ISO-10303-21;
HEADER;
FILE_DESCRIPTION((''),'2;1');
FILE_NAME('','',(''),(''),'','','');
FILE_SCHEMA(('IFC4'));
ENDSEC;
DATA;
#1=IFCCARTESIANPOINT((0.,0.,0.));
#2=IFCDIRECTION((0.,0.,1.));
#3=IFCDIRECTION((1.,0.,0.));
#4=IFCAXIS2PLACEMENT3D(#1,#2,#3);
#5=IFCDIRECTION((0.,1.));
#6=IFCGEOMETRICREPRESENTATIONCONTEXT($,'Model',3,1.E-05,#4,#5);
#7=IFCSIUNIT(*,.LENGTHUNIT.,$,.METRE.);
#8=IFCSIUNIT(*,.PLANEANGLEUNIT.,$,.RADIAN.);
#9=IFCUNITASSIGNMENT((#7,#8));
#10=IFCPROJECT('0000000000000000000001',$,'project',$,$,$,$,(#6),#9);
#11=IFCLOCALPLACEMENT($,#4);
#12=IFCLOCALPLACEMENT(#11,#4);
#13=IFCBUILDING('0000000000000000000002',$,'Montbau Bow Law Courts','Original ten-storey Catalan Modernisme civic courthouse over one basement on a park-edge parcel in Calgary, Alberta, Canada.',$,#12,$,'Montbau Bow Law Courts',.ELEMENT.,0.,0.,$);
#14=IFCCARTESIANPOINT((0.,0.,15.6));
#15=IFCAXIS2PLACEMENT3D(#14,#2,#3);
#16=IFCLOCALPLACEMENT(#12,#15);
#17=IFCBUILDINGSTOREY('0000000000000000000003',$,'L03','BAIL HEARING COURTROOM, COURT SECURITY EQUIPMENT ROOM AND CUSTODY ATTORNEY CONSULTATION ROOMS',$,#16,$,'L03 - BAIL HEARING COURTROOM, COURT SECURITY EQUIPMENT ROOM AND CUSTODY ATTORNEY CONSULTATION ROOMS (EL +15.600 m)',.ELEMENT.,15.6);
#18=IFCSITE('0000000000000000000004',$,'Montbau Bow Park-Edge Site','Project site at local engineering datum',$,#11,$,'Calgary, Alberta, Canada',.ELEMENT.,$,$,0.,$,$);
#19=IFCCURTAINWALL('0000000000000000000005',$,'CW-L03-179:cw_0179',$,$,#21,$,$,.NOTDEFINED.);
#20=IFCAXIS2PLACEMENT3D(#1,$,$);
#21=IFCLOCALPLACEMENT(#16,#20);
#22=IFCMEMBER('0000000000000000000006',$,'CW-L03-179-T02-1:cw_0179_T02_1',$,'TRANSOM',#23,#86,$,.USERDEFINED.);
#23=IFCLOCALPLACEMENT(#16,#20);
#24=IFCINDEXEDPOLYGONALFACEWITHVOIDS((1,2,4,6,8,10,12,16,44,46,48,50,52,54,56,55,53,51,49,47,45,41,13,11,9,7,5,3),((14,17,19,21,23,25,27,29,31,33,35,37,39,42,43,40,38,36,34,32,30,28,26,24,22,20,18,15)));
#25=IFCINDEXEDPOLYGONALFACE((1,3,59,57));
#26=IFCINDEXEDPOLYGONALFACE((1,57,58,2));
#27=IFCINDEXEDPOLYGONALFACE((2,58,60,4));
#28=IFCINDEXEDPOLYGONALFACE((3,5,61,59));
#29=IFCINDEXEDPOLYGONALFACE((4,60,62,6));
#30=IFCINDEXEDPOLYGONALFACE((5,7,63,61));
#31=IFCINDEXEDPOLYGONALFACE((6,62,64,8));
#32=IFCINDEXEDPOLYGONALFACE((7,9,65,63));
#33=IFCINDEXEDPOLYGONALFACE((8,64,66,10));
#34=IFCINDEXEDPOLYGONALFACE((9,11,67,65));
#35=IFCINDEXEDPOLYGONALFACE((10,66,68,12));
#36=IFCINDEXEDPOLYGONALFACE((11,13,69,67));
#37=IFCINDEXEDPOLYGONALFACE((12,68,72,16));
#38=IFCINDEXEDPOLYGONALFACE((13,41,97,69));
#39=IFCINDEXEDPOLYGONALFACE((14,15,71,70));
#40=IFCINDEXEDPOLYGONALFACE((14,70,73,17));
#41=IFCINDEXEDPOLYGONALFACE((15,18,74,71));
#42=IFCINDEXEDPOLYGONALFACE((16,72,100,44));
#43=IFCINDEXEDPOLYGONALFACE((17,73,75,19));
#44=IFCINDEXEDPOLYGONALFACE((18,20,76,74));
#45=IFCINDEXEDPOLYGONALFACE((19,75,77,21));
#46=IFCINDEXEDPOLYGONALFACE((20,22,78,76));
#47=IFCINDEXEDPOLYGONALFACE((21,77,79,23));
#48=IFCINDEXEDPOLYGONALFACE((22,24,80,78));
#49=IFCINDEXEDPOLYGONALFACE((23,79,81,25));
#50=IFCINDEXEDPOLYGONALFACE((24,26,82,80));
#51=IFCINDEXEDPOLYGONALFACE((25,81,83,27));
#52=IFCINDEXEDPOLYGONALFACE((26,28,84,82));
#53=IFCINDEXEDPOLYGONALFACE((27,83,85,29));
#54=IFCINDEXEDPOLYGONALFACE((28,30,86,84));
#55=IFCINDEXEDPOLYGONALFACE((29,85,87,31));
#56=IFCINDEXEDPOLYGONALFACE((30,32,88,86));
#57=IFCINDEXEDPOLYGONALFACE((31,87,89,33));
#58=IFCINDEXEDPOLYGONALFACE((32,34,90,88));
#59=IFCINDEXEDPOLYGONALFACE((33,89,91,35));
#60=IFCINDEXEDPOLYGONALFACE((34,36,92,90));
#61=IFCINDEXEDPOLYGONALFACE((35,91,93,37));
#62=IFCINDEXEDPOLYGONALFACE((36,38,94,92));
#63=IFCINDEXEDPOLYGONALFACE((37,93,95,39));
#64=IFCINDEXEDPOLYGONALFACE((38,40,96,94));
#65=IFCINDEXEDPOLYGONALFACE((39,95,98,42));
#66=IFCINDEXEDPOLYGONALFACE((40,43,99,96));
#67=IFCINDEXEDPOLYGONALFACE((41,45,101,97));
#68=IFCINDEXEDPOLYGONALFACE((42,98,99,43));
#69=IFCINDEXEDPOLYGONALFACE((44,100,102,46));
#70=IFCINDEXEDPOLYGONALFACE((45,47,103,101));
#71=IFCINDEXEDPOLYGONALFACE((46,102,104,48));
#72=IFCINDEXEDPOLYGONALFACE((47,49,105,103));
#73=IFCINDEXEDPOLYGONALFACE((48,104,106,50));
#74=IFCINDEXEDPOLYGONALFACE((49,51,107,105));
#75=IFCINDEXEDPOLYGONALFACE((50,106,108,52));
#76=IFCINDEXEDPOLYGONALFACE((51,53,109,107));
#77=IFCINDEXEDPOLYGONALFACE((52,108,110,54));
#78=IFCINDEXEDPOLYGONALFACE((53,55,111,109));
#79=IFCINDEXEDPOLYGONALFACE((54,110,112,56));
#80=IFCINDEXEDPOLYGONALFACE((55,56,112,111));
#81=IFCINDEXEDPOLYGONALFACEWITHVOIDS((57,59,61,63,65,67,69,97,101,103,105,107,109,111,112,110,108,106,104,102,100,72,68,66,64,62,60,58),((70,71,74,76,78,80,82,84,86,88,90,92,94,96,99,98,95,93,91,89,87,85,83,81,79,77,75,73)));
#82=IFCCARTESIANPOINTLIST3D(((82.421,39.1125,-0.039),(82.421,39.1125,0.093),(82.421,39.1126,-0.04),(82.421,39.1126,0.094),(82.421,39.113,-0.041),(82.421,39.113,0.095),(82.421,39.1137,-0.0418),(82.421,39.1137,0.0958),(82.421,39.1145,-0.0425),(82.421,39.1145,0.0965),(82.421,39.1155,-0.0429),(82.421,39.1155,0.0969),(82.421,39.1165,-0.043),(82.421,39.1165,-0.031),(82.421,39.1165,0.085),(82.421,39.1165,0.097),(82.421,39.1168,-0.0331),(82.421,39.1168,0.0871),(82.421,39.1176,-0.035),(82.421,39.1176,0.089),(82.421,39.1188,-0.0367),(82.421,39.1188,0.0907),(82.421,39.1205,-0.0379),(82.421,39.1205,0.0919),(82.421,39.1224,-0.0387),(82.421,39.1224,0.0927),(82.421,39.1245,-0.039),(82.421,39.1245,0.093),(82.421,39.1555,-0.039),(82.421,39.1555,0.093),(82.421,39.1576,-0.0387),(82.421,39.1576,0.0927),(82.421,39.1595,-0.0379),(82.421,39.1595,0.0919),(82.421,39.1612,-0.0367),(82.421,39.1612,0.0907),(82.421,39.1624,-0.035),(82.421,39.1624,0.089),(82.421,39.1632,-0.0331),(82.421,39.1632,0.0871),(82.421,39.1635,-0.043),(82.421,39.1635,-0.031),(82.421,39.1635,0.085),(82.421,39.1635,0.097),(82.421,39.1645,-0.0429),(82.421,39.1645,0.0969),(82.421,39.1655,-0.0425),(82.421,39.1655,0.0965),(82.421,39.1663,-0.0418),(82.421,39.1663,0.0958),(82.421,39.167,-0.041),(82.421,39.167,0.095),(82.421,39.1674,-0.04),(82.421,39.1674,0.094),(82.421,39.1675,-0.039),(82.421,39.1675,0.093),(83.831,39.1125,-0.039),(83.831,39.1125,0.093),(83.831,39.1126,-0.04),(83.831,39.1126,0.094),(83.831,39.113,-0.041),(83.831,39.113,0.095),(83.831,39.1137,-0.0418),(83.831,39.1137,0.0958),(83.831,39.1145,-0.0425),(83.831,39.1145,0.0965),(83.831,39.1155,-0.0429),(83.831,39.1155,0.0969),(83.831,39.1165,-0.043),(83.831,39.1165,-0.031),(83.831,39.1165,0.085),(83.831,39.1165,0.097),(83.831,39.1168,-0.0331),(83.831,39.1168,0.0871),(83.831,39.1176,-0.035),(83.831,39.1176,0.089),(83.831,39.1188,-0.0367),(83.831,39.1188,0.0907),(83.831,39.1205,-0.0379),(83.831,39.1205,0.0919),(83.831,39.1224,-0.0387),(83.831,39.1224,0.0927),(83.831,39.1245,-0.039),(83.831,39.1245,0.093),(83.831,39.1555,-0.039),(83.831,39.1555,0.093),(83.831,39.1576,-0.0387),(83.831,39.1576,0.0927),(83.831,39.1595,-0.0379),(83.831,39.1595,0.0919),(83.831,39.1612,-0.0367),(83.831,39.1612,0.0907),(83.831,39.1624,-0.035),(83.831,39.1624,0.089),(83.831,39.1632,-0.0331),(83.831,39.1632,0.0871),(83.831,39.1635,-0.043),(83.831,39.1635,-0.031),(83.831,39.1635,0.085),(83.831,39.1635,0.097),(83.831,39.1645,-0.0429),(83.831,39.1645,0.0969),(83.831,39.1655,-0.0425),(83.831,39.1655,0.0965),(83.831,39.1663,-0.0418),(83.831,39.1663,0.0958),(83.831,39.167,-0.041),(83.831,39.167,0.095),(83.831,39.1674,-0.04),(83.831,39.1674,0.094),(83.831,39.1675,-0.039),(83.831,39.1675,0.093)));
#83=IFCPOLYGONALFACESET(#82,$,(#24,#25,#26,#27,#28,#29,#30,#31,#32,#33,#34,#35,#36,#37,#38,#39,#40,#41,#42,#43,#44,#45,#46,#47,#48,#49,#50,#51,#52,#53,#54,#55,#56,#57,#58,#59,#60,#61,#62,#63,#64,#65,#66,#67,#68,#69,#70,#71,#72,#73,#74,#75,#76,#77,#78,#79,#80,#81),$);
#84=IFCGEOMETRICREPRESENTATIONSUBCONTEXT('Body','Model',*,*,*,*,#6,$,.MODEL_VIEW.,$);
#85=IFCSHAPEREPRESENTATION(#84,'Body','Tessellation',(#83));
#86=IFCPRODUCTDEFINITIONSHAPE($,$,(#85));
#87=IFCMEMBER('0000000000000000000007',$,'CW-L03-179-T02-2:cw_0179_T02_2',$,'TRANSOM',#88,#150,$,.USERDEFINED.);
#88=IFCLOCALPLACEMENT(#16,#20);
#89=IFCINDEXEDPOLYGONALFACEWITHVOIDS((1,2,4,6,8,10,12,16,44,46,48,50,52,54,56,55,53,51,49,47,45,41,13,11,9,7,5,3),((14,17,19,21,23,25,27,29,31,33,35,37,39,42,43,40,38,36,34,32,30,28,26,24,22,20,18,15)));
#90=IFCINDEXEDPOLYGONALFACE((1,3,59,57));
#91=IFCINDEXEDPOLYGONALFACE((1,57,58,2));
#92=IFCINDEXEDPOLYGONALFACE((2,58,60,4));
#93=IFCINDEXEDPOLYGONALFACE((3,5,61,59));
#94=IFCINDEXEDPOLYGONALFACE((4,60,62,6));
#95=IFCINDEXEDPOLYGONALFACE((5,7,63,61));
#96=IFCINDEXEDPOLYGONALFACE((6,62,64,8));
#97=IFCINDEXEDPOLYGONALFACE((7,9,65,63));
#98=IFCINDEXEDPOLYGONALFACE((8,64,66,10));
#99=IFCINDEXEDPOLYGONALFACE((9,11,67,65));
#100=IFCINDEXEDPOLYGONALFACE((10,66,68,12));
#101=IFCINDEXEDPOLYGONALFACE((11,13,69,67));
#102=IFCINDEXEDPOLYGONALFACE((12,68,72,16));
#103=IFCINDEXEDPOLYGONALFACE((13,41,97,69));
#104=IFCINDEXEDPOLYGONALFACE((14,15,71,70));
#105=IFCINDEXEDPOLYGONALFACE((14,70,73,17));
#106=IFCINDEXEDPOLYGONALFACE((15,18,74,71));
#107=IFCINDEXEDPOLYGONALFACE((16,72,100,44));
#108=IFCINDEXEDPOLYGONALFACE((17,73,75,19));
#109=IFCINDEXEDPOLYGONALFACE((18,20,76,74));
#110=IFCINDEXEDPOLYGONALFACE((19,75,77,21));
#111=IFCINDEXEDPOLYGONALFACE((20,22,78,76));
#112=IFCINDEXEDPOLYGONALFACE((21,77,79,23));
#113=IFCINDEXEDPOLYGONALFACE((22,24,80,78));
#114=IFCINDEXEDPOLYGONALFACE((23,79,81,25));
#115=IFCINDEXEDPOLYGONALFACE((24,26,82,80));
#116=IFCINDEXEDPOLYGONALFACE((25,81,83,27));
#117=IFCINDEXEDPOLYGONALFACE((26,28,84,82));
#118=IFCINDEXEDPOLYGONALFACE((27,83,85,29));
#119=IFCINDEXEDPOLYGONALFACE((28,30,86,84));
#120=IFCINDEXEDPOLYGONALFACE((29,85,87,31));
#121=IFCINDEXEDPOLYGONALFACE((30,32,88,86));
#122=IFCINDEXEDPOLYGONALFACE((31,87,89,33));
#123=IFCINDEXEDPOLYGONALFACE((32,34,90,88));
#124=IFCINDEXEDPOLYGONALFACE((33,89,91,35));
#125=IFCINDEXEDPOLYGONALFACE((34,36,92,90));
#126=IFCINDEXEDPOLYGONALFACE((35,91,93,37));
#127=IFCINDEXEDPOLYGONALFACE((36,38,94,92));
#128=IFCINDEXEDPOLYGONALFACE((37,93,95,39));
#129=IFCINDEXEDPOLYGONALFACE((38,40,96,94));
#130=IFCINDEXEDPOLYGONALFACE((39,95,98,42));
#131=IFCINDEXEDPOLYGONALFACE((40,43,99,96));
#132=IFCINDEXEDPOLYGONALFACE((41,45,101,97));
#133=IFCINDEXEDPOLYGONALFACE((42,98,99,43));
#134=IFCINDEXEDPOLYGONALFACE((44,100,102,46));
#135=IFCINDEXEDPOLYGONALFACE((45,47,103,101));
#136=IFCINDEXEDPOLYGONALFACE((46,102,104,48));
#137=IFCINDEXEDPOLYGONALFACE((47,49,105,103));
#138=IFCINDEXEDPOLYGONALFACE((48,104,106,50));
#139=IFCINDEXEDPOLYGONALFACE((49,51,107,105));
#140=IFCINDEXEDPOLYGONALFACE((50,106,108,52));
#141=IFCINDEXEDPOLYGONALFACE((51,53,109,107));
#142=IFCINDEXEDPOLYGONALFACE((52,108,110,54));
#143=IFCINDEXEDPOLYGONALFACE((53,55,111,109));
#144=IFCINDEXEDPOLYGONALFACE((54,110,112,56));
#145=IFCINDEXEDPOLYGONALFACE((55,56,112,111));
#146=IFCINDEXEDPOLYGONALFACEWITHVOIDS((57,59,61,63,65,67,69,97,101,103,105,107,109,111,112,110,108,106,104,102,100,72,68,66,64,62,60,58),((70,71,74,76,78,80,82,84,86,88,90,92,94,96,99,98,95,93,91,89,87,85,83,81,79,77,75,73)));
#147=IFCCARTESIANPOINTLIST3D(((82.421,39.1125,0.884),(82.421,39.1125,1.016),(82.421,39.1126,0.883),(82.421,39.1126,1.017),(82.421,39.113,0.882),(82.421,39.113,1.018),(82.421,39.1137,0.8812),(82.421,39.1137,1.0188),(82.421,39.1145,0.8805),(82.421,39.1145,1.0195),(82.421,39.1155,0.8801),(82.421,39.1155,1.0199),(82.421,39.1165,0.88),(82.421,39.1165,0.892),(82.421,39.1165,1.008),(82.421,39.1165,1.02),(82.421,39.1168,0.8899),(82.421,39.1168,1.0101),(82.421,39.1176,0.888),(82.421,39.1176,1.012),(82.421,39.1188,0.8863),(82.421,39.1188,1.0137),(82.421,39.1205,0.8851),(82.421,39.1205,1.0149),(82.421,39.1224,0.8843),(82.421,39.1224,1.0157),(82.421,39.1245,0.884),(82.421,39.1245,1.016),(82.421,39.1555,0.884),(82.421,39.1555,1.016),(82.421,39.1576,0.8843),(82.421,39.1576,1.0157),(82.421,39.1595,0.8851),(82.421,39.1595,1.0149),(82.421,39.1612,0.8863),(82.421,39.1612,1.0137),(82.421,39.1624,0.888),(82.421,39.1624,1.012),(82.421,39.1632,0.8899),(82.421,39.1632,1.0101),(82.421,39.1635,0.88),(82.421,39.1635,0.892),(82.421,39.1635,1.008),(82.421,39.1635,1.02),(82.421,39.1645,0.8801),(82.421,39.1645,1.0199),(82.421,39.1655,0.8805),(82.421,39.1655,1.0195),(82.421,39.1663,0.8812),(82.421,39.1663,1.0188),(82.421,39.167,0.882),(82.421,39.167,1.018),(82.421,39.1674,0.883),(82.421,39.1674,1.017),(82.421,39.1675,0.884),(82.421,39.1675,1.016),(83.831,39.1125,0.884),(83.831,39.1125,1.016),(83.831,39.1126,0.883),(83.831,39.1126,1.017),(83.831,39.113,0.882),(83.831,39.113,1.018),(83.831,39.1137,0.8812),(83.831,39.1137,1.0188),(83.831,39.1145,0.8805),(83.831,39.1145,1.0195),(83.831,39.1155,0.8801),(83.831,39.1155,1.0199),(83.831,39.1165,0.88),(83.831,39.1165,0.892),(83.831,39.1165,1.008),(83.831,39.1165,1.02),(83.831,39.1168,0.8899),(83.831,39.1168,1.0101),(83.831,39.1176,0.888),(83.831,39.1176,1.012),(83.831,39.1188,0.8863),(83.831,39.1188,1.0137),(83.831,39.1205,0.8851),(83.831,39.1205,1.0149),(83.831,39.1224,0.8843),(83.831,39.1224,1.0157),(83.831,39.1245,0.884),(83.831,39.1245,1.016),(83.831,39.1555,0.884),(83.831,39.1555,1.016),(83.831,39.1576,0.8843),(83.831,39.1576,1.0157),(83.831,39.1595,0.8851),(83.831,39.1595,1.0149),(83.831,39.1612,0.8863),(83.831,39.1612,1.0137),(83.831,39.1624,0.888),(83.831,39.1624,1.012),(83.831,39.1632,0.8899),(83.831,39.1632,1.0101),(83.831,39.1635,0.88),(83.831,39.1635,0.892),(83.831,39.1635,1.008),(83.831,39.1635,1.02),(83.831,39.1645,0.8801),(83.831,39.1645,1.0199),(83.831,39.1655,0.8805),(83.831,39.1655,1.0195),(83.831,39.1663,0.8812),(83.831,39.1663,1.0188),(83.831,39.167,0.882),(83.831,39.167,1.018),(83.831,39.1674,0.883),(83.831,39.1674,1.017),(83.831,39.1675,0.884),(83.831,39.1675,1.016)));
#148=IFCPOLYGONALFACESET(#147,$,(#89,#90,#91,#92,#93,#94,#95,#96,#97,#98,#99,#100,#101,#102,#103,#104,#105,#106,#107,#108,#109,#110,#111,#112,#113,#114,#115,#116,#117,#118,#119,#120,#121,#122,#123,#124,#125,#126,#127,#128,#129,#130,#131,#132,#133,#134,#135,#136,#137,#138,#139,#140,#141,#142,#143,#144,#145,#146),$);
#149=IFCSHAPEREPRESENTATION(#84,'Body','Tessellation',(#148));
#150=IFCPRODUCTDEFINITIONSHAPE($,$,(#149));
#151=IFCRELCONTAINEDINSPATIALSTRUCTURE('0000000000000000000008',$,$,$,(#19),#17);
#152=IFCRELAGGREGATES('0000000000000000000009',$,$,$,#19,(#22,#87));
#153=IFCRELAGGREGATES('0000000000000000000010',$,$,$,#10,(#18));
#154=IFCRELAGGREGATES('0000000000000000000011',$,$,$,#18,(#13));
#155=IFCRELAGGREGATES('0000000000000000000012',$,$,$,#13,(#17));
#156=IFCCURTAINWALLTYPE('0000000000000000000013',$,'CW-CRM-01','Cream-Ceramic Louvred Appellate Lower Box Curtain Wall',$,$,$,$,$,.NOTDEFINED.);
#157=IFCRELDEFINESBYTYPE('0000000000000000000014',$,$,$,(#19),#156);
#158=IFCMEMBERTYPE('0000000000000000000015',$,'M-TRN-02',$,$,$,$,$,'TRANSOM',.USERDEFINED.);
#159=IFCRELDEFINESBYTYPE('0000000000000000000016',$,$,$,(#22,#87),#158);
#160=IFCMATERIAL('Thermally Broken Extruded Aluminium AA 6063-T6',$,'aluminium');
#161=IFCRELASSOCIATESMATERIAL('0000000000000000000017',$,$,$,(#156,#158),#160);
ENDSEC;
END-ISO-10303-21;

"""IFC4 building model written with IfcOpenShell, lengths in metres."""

from ifc_helpers import new_model, si_unit, direction, frame, origin_with_axes, origin_2d_with_axis, place, context, subcontext, project, spatial, hollow_rectangle, extrude, material, material_profile, profile_set, type_object, element, aggregate, save


model = new_model("IFC4")

# Units and contexts
model_context = context("Model", 3, precision=1e-05, world=origin_with_axes(), true_north=direction((0.0, 1.0)))
body_context = subcontext(model_context, "Body", "Model", "MODEL_VIEW")
ifc_project = project(units=[si_unit("LENGTHUNIT", "METRE"), si_unit("PLANEANGLEUNIT", "RADIAN")], contexts=[model_context])

# Site, building, storey
site_placement = place(None, origin_with_axes())
site = spatial("IfcSite", under=ifc_project, at=site_placement, Name="Montbau Bow Park-Edge Site", Description="Project site at local engineering datum", LongName="Calgary, Alberta, Canada", CompositionType="ELEMENT", RefElevation=0.0)
building_placement = place(site_placement, origin_with_axes())
building = spatial("IfcBuilding", under=site, at=building_placement, Name="Montbau Bow Law Courts", Description="Original ten-storey Catalan Modernisme civic courthouse over one basement on a park-edge parcel in Calgary, Alberta, Canada.", LongName="Montbau Bow Law Courts", CompositionType="ELEMENT", ElevationOfRefHeight=0.0, ElevationOfTerrain=0.0)
storey_placement = place(building_placement, frame((0.0, 0.0, 15.6), z_axis=(0.0, 0.0, 1.0), x_axis=(1.0, 0.0, 0.0)))
storey = spatial("IfcBuildingStorey", under=building, at=storey_placement, Name="L03", Description="BAIL HEARING COURTROOM, COURT SECURITY EQUIPMENT ROOM AND CUSTODY ATTORNEY CONSULTATION ROOMS", LongName="L03 - BAIL HEARING COURTROOM, COURT SECURITY EQUIPMENT ROOM AND CUSTODY ATTORNEY CONSULTATION ROOMS (EL +15.600 m)", CompositionType="ELEMENT", Elevation=15.6)

# Curtain wall
ifc_material_1 = material(Name="Thermally Broken Extruded Aluminium AA 6063-T6", Category="aluminium")
curtain_wall_type = type_object("IfcCurtainWallType", Name="CW-CRM-01", Description="Cream-Ceramic Louvred Appellate Lower Box Curtain Wall", PredefinedType="NOTDEFINED", material=ifc_material_1)
curtain_wall_1_placement = place(None, frame((80.915, 39.14, 15.6), z_axis=(0.0, 0.0, 1.0), x_axis=(1.0, 0.0, 0.0)))
curtain_wall_1 = element("IfcCurtainWall", 1, at=curtain_wall_1_placement, inside=storey, type_object=curtain_wall_type, Name="CW-L03-179:cw_0179", PredefinedType="NOTDEFINED")

# Members
ifc_material_profile_1 = material_profile(ifc_material_1, hollow_rectangle(XDim=0.055, YDim=0.14, WallThickness=0.004, InnerFilletRadius=0.008, OuterFilletRadius=0.004, at=origin_2d_with_axis()), Name="CWT-140X55", Category="Main", Priority=0)
ifc_profile_set_1 = profile_set([ifc_material_profile_1], Name="Thermally Broken Extruded Aluminium AA 6063-T6")
member_type_1 = type_object("IfcMemberType", Name="M-TRN-02", ElementType="TRANSOM", PredefinedType="USERDEFINED", material=ifc_profile_set_1)
member_1_placement = place(None, frame((82.421, 39.14, 15.627), z_axis=(1.0, 0.0, 0.0), x_axis=(0.0, 1.0, 0.0)))
member_1 = element("IfcMember", 2, at=member_1_placement, type_object=member_type_1, Name="CW-L03-179-T02-1:cw_0179_T02_1", ObjectType="TRANSOM", PredefinedType="USERDEFINED", context=body_context, shape_type="SweptSolid", body=[
    extrude(hollow_rectangle(XDim=0.055, YDim=0.14, WallThickness=0.004, InnerFilletRadius=0.008, OuterFilletRadius=0.004, at=origin_2d_with_axis()), origin_with_axes(), (0.0, 0.0, 1.0), 1.41),
])
member_2_placement = place(None, frame((82.421, 39.14, 16.55), z_axis=(1.0, 0.0, 0.0), x_axis=(0.0, 1.0, 0.0)))
member_2 = element("IfcMember", 3, at=member_2_placement, type_object=member_type_1, Name="CW-L03-179-T02-2:cw_0179_T02_2", ObjectType="TRANSOM", PredefinedType="USERDEFINED", context=body_context, shape_type="SweptSolid", body=[
    extrude(hollow_rectangle(XDim=0.055, YDim=0.14, WallThickness=0.004, InnerFilletRadius=0.008, OuterFilletRadius=0.004, at=origin_2d_with_axis()), origin_with_axes(), (0.0, 0.0, 1.0), 1.41),
])

aggregate(curtain_wall_1, [member_1, member_2])

save(model, "model.ifc")
